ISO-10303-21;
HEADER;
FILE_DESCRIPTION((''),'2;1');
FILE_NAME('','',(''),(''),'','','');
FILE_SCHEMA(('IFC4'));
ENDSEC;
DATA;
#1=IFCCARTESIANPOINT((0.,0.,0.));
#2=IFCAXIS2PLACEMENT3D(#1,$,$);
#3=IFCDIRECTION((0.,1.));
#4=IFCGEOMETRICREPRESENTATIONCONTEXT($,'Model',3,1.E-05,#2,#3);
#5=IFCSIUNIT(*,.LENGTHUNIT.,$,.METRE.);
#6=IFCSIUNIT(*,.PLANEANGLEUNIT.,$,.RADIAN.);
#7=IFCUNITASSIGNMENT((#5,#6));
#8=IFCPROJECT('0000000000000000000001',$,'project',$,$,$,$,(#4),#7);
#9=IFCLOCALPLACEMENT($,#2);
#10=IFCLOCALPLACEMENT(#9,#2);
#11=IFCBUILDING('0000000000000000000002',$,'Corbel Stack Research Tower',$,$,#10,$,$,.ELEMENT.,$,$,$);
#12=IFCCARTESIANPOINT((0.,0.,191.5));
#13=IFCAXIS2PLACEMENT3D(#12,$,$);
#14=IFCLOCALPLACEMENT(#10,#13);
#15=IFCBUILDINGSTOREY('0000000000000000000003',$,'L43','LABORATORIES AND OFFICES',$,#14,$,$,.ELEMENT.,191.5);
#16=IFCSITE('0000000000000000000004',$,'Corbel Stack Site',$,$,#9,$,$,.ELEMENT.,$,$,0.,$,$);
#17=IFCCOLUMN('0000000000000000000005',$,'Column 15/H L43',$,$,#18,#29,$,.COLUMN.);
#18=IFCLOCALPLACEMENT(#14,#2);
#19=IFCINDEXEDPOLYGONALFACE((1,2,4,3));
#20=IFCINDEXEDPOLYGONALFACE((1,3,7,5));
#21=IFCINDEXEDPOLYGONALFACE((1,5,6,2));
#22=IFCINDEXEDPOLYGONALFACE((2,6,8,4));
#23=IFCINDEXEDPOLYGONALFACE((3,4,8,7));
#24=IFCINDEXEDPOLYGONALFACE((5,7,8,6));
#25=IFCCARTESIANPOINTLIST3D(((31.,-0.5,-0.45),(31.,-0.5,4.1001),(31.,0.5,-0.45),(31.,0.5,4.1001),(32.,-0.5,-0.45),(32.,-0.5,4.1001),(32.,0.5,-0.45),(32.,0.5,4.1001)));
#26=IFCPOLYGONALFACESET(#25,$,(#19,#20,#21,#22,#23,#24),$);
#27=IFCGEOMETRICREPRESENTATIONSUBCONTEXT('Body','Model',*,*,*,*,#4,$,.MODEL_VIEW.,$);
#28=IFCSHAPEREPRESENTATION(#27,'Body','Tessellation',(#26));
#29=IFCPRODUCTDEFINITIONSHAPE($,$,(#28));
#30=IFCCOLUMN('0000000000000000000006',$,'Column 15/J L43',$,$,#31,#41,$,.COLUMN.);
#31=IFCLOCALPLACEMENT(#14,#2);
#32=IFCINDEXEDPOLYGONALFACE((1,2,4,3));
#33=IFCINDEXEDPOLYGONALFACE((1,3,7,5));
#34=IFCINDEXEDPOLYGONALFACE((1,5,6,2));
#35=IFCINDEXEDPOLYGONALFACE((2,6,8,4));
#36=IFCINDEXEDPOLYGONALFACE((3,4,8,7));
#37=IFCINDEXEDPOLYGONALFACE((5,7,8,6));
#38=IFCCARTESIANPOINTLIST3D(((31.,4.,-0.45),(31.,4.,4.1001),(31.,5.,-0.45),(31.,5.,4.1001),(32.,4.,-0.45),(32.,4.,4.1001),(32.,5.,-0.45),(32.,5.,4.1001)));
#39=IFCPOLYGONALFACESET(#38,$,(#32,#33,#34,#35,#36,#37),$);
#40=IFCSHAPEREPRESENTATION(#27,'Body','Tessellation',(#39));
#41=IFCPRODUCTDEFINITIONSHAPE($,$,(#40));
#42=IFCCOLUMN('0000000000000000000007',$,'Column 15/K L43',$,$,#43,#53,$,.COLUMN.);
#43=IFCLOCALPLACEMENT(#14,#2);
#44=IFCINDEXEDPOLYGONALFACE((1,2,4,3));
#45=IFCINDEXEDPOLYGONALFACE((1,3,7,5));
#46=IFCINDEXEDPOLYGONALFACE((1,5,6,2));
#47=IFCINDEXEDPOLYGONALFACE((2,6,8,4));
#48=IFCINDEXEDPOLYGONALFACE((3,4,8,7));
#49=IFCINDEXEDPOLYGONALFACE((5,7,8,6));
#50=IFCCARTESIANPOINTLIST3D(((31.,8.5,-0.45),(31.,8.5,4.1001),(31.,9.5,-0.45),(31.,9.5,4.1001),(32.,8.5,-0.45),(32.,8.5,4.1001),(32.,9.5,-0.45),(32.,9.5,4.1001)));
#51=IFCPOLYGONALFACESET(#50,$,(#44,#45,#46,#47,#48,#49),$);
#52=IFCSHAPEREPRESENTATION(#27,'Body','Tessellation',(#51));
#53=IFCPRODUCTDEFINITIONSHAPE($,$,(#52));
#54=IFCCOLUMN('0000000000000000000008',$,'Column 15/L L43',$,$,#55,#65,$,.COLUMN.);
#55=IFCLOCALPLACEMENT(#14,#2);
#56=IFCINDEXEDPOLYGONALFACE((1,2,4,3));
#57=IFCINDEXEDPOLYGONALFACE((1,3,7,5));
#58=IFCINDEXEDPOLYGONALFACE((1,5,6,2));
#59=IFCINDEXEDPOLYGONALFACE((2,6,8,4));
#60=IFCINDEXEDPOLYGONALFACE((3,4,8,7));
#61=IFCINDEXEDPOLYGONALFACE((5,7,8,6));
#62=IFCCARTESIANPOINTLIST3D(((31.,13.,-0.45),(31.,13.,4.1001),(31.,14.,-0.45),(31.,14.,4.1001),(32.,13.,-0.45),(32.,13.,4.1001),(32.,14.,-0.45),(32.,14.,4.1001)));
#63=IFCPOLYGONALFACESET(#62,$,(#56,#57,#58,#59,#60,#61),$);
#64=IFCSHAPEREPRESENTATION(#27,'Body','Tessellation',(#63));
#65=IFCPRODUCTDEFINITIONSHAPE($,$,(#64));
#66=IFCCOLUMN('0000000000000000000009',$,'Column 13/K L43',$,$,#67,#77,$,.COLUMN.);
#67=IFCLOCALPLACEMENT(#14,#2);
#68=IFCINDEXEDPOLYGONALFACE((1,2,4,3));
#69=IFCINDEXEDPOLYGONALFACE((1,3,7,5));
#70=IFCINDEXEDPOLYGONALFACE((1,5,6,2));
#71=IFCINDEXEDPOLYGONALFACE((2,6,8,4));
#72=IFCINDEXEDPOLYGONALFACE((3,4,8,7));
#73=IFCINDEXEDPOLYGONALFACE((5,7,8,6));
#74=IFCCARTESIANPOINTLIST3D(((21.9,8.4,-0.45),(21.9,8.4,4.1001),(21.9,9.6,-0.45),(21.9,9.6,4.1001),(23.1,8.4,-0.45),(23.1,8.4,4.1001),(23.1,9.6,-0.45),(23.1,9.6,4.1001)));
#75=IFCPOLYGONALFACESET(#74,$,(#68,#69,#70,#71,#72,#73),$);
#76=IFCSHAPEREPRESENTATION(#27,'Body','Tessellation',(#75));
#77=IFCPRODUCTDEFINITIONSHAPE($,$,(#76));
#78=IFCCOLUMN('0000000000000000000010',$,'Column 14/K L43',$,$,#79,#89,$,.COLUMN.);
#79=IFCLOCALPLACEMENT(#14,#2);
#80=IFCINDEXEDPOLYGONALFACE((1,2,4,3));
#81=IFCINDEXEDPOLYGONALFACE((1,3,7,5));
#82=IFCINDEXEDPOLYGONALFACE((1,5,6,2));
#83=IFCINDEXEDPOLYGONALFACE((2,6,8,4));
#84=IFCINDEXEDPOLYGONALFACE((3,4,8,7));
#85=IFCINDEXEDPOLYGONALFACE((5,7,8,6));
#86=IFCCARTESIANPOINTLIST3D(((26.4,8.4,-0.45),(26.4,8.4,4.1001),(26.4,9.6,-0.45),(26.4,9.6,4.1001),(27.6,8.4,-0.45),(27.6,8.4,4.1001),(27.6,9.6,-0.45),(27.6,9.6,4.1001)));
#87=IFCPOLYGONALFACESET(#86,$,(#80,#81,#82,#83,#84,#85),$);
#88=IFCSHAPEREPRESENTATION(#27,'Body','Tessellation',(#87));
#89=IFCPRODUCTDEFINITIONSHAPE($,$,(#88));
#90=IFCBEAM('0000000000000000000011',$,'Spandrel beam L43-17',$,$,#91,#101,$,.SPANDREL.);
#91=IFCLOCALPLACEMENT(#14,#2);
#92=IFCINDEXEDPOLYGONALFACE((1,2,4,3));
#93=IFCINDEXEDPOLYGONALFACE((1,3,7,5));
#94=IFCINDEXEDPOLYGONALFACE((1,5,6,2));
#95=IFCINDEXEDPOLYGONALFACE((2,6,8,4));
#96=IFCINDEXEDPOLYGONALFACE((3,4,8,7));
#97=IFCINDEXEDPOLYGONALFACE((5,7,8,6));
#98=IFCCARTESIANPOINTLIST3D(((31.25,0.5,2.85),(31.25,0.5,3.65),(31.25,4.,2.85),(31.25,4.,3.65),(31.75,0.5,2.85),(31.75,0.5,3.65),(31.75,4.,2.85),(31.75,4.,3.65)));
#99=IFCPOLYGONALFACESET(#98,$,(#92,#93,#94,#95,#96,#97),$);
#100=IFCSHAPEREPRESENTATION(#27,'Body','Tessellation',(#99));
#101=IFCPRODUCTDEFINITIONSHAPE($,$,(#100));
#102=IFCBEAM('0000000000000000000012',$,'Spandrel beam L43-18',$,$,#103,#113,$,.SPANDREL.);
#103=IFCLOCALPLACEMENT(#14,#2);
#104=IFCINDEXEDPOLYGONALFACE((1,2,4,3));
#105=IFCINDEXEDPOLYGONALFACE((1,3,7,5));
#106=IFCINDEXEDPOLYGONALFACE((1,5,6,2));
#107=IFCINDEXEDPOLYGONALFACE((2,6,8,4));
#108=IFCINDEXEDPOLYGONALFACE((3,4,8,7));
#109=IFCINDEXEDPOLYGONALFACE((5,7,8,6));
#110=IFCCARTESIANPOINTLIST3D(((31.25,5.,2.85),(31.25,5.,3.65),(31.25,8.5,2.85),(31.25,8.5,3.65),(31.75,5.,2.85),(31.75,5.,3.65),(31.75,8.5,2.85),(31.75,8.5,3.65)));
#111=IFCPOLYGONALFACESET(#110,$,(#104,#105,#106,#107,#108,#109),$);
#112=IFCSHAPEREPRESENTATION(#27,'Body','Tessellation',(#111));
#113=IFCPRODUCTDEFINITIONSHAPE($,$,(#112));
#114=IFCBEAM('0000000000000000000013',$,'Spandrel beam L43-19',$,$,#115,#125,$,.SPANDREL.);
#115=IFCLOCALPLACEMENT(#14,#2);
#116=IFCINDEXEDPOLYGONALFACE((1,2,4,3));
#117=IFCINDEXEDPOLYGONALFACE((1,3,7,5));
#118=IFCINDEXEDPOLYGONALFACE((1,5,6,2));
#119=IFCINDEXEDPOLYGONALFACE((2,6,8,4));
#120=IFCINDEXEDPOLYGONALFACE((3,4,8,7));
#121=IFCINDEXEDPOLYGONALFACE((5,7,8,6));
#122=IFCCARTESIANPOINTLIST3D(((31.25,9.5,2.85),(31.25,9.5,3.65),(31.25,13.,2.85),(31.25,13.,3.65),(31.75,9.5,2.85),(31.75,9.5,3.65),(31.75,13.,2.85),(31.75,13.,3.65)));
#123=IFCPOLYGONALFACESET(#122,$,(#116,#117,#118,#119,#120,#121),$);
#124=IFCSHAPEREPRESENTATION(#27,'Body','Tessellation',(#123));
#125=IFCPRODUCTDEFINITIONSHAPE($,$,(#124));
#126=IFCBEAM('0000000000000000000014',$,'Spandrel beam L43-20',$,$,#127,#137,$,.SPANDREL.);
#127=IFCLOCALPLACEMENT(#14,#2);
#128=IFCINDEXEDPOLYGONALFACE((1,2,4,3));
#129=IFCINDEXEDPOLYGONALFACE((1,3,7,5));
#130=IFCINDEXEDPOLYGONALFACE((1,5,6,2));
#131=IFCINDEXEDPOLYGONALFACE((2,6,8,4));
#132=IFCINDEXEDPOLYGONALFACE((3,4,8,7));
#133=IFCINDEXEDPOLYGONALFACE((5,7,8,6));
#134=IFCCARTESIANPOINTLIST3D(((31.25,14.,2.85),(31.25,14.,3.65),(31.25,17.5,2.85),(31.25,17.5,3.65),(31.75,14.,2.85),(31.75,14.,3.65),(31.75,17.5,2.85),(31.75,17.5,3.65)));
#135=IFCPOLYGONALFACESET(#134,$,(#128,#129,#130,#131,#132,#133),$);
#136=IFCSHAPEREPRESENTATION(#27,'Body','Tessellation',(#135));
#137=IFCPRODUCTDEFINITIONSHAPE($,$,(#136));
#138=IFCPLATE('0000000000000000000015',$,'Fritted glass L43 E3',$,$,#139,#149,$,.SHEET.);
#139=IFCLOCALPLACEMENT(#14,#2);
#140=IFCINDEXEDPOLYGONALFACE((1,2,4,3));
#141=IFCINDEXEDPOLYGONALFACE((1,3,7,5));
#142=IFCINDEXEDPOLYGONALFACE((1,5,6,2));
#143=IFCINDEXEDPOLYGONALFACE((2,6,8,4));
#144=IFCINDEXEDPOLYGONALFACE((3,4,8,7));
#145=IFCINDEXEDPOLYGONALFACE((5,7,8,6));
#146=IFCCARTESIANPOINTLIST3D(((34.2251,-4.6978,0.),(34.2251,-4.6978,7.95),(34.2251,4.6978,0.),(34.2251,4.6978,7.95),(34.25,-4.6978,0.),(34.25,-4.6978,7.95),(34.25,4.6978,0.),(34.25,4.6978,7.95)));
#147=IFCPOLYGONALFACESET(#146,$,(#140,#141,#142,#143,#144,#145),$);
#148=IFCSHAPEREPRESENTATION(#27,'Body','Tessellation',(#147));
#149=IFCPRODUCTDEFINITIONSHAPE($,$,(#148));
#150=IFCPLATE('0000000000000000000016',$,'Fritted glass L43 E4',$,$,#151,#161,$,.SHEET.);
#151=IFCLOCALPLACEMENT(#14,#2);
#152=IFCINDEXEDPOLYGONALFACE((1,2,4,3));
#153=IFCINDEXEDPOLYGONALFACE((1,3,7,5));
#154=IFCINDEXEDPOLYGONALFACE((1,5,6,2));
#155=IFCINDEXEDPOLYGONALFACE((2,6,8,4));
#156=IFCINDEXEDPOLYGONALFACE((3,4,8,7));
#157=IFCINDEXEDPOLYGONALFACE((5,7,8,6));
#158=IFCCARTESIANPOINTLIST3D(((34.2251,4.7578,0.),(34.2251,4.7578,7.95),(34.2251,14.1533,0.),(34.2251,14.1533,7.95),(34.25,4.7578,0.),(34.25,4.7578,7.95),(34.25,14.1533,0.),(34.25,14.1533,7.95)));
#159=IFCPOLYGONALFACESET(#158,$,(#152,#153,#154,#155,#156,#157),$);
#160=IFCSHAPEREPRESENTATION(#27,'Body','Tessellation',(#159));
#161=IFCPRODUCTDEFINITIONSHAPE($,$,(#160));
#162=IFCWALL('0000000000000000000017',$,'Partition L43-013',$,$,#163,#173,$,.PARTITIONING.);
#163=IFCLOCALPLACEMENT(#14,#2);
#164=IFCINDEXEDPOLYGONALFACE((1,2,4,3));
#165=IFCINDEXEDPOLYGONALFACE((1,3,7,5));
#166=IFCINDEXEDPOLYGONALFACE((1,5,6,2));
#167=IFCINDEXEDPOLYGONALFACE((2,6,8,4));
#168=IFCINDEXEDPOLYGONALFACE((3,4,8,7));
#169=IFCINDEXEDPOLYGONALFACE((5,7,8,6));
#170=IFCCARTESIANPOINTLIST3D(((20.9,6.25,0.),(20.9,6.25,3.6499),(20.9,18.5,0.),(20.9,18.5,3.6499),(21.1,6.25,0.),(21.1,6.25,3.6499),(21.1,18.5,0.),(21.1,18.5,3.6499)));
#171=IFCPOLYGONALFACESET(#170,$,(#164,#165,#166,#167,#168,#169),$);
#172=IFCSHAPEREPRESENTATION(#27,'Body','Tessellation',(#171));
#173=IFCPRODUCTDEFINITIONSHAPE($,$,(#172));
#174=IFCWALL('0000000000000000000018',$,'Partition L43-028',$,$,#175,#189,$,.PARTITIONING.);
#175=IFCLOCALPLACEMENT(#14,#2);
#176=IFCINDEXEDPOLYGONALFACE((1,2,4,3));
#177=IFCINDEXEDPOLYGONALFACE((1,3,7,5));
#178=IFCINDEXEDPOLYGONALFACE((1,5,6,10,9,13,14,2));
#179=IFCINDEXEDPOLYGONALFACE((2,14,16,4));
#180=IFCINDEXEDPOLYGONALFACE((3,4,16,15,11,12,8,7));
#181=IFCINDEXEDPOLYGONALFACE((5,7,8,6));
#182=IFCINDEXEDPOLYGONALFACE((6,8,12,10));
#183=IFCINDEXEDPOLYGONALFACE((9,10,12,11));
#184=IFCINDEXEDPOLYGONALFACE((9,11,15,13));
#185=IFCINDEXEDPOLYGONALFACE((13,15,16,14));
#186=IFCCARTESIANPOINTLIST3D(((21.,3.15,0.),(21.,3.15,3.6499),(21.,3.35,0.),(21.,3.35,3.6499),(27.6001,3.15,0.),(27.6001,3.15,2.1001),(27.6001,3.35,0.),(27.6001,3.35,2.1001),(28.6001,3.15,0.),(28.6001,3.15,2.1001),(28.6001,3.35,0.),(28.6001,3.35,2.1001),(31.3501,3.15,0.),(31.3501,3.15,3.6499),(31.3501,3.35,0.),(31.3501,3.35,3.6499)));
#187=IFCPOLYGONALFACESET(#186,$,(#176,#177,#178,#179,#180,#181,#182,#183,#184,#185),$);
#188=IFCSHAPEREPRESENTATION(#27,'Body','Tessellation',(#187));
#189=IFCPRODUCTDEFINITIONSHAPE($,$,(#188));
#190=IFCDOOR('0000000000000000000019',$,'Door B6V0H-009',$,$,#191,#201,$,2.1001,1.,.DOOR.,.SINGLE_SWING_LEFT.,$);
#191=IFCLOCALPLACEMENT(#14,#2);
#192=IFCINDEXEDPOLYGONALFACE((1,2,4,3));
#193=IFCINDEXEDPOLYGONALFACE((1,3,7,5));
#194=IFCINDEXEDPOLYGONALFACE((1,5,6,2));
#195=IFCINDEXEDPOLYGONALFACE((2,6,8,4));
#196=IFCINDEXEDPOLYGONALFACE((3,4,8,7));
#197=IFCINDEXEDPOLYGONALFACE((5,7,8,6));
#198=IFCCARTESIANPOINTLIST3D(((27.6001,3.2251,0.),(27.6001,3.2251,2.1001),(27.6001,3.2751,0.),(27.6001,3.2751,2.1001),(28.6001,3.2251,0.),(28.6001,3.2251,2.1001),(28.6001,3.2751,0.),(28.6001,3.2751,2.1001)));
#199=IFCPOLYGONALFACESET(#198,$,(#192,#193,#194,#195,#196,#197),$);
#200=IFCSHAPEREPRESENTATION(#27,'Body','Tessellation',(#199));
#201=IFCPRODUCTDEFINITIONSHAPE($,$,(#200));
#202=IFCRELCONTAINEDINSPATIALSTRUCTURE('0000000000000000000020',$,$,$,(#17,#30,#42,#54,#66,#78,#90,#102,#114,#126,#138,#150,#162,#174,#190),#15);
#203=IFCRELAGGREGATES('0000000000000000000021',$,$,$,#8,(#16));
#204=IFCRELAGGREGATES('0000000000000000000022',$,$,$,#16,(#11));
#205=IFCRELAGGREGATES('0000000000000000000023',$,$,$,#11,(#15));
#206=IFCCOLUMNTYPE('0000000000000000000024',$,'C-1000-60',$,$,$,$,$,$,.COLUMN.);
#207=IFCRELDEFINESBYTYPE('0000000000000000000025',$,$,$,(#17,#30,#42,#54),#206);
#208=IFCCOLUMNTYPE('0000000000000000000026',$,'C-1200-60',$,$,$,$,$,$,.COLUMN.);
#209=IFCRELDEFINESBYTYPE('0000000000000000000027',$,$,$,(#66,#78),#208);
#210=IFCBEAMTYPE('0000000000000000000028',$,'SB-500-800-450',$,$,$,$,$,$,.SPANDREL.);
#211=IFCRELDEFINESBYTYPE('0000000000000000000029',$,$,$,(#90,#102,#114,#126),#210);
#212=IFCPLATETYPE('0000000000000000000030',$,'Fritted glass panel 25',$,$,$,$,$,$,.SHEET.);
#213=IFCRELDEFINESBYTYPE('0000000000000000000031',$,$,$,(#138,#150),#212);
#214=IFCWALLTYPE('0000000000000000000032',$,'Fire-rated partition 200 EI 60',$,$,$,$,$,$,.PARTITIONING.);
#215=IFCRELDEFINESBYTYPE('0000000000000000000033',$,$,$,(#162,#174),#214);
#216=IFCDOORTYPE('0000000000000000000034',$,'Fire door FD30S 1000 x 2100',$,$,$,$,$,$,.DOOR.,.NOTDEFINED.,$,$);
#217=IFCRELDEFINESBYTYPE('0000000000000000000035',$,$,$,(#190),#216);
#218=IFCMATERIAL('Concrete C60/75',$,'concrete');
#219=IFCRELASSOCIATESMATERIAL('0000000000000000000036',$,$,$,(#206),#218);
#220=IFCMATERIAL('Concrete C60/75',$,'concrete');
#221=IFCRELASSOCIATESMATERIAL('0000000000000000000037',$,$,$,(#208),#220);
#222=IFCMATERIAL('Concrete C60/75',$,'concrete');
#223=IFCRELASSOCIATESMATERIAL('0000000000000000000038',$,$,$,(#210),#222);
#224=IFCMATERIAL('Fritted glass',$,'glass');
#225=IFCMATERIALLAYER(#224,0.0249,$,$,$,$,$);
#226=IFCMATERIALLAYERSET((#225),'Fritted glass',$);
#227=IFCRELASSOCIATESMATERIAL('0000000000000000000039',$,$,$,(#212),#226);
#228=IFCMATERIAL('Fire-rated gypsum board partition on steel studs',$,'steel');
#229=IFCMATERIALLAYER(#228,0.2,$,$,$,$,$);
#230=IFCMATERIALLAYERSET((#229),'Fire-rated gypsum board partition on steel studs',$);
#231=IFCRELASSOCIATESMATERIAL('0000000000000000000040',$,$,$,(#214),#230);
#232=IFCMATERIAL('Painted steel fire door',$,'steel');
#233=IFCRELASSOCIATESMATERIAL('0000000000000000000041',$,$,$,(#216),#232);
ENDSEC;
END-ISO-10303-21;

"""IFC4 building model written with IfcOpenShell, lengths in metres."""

from ifc_helpers import new_model, si_unit, direction, frame, frame_2d, origin, origin_2d, place, context, subcontext, project, spatial, rectangle, extrude, material, layer, layer_set, material_profile, profile_set, type_object, element, fill, save


model = new_model("IFC4")

# Units and contexts
model_context = context("Model", 3, precision=1e-05, world=origin(), true_north=direction((0.0, 1.0)))
body_context = subcontext(model_context, "Body", "Model", "MODEL_VIEW")
ifc_project = project(units=[si_unit("LENGTHUNIT", "METRE"), si_unit("PLANEANGLEUNIT", "RADIAN")], contexts=[model_context])

# Site, building, storey
site_placement = place(None, origin())
site = spatial("IfcSite", under=ifc_project, at=site_placement, Name="Corbel Stack Site", CompositionType="ELEMENT", RefElevation=0.0)
building_placement = place(site_placement, origin())
building = spatial("IfcBuilding", under=site, at=building_placement, Name="Corbel Stack Research Tower", CompositionType="ELEMENT")
storey_placement = place(building_placement, frame((0.0, 0.0, 191.5)))
storey = spatial("IfcBuildingStorey", under=building, at=storey_placement, Name="L43", Description="LABORATORIES AND OFFICES", CompositionType="ELEMENT", Elevation=191.5)

# Columns
ifc_material_1 = material(Name="Concrete C60/75", Category="concrete")
ifc_material_profile_1 = material_profile(ifc_material_1, rectangle(XDim=1.0, YDim=1.0, at=origin_2d()), Name="RC 1000 x 1000")
ifc_profile_set_1 = profile_set([ifc_material_profile_1], Name="Concrete C60/75")
column_type_1 = type_object("IfcColumnType", Name="C-1000-60", PredefinedType="COLUMN", material=ifc_profile_set_1)
for number, where, z_axis, x_axis, name in (
    (1, (31.5, 0.0, -0.45), (0.0, 0.0, 1.0), (1.0, 0.0, 0.0), "Column 15/H L43"),
    (2, (31.5, 4.5, -0.45), (0.0, 0.0, 1.0), (1.0, 0.0, 0.0), "Column 15/J L43"),
    (3, (31.5, 9.0, -0.45), (0.0, 0.0, 1.0), (1.0, 0.0, 0.0), "Column 15/K L43"),
    (4, (31.5, 13.5, -0.45), (0.0, 0.0, 1.0), (1.0, 0.0, 0.0), "Column 15/L L43"),
):
    element("IfcColumn", number, at=place(storey_placement, frame(where, z_axis=z_axis, x_axis=x_axis)), inside=storey, type_object=column_type_1, Name=name, PredefinedType="COLUMN", context=body_context, shape_type="SweptSolid", body=[
        extrude(rectangle(XDim=1.0, YDim=1.0, at=origin_2d()), origin(), (0.0, 0.0, 1.0), 4.55),
    ])
ifc_material_2 = material(Name="Concrete C60/75", Category="concrete")
ifc_material_profile_2 = material_profile(ifc_material_2, rectangle(XDim=1.2, YDim=1.2, at=origin_2d()), Name="RC 1200 x 1200")
ifc_profile_set_2 = profile_set([ifc_material_profile_2], Name="Concrete C60/75")
column_type_2 = type_object("IfcColumnType", Name="C-1200-60", PredefinedType="COLUMN", material=ifc_profile_set_2)
for number, where, z_axis, x_axis, name in (
    (5, (22.5, 9.0, -0.45), (0.0, 0.0, 1.0), (1.0, 0.0, 0.0), "Column 13/K L43"),
    (6, (27.0, 9.0, -0.45), (0.0, 0.0, 1.0), (1.0, 0.0, 0.0), "Column 14/K L43"),
):
    element("IfcColumn", number, at=place(storey_placement, frame(where, z_axis=z_axis, x_axis=x_axis)), inside=storey, type_object=column_type_2, Name=name, PredefinedType="COLUMN", context=body_context, shape_type="SweptSolid", body=[
        extrude(rectangle(XDim=1.2, YDim=1.2, at=origin_2d()), origin(), (0.0, 0.0, 1.0), 4.55),
    ])

# Beams
ifc_material_3 = material(Name="Concrete C60/75", Category="concrete")
ifc_material_profile_3 = material_profile(ifc_material_3, rectangle(XDim=0.5, YDim=0.8, at=origin_2d()), Name="RC 500 x 800")
ifc_profile_set_3 = profile_set([ifc_material_profile_3], Name="Concrete C60/75")
beam_type = type_object("IfcBeamType", Name="SB-500-800-450", PredefinedType="SPANDREL", material=ifc_profile_set_3)
for number, where, z_axis, x_axis, name in (
    (7, (31.5, 0.5, 3.25), (0.0, 1.0, 0.0), (-1.0, 0.0, 0.0), "Spandrel beam L43-17"),
    (8, (31.5, 5.0, 3.25), (0.0, 1.0, 0.0), (-1.0, 0.0, 0.0), "Spandrel beam L43-18"),
    (9, (31.5, 9.5, 3.25), (0.0, 1.0, 0.0), (-1.0, 0.0, 0.0), "Spandrel beam L43-19"),
    (10, (31.5, 14.0, 3.25), (0.0, 1.0, 0.0), (-1.0, 0.0, 0.0), "Spandrel beam L43-20"),
):
    element("IfcBeam", number, at=place(storey_placement, frame(where, z_axis=z_axis, x_axis=x_axis)), inside=storey, type_object=beam_type, Name=name, PredefinedType="SPANDREL", context=body_context, shape_type="SweptSolid", body=[
        extrude(rectangle(XDim=0.5, YDim=0.8, at=origin_2d()), origin(), (0.0, 0.0, 1.0), 3.5),
    ])

# Plates
ifc_material_4 = material(Name="Fritted glass", Category="glass")
ifc_layer_1 = layer(ifc_material_4, 0.0249)
ifc_layer_set_1 = layer_set([ifc_layer_1], Name="Fritted glass")
plate_type = type_object("IfcPlateType", Name="Fritted glass panel 25", PredefinedType="SHEET", material=ifc_layer_set_1)
for number, where, z_axis, x_axis, name in (
    (11, (34.2375, 0.0, 0.0), (0.0, 0.0, 1.0), (0.0, 1.0, 0.0), "Fritted glass L43 E3"),
    (12, (34.2375, 9.4556, 0.0), (0.0, 0.0, 1.0), (0.0, 1.0, 0.0), "Fritted glass L43 E4"),
):
    element("IfcPlate", number, at=place(storey_placement, frame(where, z_axis=z_axis, x_axis=x_axis)), inside=storey, type_object=plate_type, Name=name, PredefinedType="SHEET", context=body_context, shape_type="SweptSolid", body=[
        extrude(rectangle(XDim=9.3955, YDim=0.0249, at=origin_2d()), origin(), (0.0, 0.0, 1.0), 7.95),
    ])

# Wall
ifc_material_5 = material(Name="Fire-rated gypsum board partition on steel studs", Category="steel")
ifc_layer_2 = layer(ifc_material_5, 0.2)
ifc_layer_set_2 = layer_set([ifc_layer_2], Name="Fire-rated gypsum board partition on steel studs")
wall_type_1 = type_object("IfcWallType", Name="Fire-rated partition 200 EI 60", PredefinedType="PARTITIONING", material=ifc_layer_set_2)
wall_1_placement = place(storey_placement, frame((21.0, 6.25, 0.0), z_axis=(0.0, 0.0, 1.0), x_axis=(0.0, 1.0, 0.0)))
element("IfcWall", 13, at=wall_1_placement, inside=storey, type_object=wall_type_1, Name="Partition L43-013", PredefinedType="PARTITIONING", context=body_context, shape_type="SweptSolid", body=[
    extrude(rectangle(XDim=12.25, YDim=0.2, at=frame_2d((6.125, 0.0))), origin(), (0.0, 0.0, 1.0), 3.6499),
])

# Wall, opening, door
wall_2_placement = place(storey_placement, frame((31.3501, 3.25, 0.0), z_axis=(0.0, 0.0, 1.0), x_axis=(-1.0, 0.0, 0.0)))
wall_2 = element("IfcWall", 14, at=wall_2_placement, inside=storey, type_object=wall_type_1, Name="Partition L43-028", PredefinedType="PARTITIONING", context=body_context, shape_type="SweptSolid", body=[
    extrude(rectangle(XDim=10.3501, YDim=0.2, at=frame_2d((5.175, 0.0))), origin(), (0.0, 0.0, 1.0), 3.6499),
])
opening_1_placement = place(wall_2_placement, frame((2.75, 0.0, 0.0)))
opening_1 = element("IfcOpeningElement", 15, at=opening_1_placement, cuts=wall_2, PredefinedType="OPENING", context=body_context, shape_type="SweptSolid", body=[
    extrude(rectangle(XDim=1.0, YDim=2.1001, at=frame_2d((0.5, 1.05))), frame((0.0, 0.1099, 0.0), z_axis=(0.0, -1.0, 0.0), x_axis=(1.0, 0.0, 0.0)), (0.0, 0.0, 1.0), 0.22),
])
ifc_material_6 = material(Name="Painted steel fire door", Category="steel")
door_type_1 = type_object("IfcDoorType", Name="Fire door FD30S 1000 x 2100", OperationType="NOTDEFINED", PredefinedType="DOOR", material=ifc_material_6)
door_1_placement = place(opening_1_placement, origin())
door_1 = element("IfcDoor", 16, at=door_1_placement, inside=storey, type_object=door_type_1, Name="Door B6V0H-009", OperationType="SINGLE_SWING_LEFT", OverallHeight=2.1001, OverallWidth=1.0, PredefinedType="DOOR", context=body_context, shape_type="SweptSolid", body=[
    extrude(rectangle(XDim=1.0, YDim=2.1001, at=frame_2d((0.5, 1.05))), frame((0.0, 0.0249, 0.0), z_axis=(0.0, -1.0, 0.0), x_axis=(1.0, 0.0, 0.0)), (0.0, 0.0, 1.0), 0.05),
])
fill(opening_1, door_1)

save(model, "model.ifc")
